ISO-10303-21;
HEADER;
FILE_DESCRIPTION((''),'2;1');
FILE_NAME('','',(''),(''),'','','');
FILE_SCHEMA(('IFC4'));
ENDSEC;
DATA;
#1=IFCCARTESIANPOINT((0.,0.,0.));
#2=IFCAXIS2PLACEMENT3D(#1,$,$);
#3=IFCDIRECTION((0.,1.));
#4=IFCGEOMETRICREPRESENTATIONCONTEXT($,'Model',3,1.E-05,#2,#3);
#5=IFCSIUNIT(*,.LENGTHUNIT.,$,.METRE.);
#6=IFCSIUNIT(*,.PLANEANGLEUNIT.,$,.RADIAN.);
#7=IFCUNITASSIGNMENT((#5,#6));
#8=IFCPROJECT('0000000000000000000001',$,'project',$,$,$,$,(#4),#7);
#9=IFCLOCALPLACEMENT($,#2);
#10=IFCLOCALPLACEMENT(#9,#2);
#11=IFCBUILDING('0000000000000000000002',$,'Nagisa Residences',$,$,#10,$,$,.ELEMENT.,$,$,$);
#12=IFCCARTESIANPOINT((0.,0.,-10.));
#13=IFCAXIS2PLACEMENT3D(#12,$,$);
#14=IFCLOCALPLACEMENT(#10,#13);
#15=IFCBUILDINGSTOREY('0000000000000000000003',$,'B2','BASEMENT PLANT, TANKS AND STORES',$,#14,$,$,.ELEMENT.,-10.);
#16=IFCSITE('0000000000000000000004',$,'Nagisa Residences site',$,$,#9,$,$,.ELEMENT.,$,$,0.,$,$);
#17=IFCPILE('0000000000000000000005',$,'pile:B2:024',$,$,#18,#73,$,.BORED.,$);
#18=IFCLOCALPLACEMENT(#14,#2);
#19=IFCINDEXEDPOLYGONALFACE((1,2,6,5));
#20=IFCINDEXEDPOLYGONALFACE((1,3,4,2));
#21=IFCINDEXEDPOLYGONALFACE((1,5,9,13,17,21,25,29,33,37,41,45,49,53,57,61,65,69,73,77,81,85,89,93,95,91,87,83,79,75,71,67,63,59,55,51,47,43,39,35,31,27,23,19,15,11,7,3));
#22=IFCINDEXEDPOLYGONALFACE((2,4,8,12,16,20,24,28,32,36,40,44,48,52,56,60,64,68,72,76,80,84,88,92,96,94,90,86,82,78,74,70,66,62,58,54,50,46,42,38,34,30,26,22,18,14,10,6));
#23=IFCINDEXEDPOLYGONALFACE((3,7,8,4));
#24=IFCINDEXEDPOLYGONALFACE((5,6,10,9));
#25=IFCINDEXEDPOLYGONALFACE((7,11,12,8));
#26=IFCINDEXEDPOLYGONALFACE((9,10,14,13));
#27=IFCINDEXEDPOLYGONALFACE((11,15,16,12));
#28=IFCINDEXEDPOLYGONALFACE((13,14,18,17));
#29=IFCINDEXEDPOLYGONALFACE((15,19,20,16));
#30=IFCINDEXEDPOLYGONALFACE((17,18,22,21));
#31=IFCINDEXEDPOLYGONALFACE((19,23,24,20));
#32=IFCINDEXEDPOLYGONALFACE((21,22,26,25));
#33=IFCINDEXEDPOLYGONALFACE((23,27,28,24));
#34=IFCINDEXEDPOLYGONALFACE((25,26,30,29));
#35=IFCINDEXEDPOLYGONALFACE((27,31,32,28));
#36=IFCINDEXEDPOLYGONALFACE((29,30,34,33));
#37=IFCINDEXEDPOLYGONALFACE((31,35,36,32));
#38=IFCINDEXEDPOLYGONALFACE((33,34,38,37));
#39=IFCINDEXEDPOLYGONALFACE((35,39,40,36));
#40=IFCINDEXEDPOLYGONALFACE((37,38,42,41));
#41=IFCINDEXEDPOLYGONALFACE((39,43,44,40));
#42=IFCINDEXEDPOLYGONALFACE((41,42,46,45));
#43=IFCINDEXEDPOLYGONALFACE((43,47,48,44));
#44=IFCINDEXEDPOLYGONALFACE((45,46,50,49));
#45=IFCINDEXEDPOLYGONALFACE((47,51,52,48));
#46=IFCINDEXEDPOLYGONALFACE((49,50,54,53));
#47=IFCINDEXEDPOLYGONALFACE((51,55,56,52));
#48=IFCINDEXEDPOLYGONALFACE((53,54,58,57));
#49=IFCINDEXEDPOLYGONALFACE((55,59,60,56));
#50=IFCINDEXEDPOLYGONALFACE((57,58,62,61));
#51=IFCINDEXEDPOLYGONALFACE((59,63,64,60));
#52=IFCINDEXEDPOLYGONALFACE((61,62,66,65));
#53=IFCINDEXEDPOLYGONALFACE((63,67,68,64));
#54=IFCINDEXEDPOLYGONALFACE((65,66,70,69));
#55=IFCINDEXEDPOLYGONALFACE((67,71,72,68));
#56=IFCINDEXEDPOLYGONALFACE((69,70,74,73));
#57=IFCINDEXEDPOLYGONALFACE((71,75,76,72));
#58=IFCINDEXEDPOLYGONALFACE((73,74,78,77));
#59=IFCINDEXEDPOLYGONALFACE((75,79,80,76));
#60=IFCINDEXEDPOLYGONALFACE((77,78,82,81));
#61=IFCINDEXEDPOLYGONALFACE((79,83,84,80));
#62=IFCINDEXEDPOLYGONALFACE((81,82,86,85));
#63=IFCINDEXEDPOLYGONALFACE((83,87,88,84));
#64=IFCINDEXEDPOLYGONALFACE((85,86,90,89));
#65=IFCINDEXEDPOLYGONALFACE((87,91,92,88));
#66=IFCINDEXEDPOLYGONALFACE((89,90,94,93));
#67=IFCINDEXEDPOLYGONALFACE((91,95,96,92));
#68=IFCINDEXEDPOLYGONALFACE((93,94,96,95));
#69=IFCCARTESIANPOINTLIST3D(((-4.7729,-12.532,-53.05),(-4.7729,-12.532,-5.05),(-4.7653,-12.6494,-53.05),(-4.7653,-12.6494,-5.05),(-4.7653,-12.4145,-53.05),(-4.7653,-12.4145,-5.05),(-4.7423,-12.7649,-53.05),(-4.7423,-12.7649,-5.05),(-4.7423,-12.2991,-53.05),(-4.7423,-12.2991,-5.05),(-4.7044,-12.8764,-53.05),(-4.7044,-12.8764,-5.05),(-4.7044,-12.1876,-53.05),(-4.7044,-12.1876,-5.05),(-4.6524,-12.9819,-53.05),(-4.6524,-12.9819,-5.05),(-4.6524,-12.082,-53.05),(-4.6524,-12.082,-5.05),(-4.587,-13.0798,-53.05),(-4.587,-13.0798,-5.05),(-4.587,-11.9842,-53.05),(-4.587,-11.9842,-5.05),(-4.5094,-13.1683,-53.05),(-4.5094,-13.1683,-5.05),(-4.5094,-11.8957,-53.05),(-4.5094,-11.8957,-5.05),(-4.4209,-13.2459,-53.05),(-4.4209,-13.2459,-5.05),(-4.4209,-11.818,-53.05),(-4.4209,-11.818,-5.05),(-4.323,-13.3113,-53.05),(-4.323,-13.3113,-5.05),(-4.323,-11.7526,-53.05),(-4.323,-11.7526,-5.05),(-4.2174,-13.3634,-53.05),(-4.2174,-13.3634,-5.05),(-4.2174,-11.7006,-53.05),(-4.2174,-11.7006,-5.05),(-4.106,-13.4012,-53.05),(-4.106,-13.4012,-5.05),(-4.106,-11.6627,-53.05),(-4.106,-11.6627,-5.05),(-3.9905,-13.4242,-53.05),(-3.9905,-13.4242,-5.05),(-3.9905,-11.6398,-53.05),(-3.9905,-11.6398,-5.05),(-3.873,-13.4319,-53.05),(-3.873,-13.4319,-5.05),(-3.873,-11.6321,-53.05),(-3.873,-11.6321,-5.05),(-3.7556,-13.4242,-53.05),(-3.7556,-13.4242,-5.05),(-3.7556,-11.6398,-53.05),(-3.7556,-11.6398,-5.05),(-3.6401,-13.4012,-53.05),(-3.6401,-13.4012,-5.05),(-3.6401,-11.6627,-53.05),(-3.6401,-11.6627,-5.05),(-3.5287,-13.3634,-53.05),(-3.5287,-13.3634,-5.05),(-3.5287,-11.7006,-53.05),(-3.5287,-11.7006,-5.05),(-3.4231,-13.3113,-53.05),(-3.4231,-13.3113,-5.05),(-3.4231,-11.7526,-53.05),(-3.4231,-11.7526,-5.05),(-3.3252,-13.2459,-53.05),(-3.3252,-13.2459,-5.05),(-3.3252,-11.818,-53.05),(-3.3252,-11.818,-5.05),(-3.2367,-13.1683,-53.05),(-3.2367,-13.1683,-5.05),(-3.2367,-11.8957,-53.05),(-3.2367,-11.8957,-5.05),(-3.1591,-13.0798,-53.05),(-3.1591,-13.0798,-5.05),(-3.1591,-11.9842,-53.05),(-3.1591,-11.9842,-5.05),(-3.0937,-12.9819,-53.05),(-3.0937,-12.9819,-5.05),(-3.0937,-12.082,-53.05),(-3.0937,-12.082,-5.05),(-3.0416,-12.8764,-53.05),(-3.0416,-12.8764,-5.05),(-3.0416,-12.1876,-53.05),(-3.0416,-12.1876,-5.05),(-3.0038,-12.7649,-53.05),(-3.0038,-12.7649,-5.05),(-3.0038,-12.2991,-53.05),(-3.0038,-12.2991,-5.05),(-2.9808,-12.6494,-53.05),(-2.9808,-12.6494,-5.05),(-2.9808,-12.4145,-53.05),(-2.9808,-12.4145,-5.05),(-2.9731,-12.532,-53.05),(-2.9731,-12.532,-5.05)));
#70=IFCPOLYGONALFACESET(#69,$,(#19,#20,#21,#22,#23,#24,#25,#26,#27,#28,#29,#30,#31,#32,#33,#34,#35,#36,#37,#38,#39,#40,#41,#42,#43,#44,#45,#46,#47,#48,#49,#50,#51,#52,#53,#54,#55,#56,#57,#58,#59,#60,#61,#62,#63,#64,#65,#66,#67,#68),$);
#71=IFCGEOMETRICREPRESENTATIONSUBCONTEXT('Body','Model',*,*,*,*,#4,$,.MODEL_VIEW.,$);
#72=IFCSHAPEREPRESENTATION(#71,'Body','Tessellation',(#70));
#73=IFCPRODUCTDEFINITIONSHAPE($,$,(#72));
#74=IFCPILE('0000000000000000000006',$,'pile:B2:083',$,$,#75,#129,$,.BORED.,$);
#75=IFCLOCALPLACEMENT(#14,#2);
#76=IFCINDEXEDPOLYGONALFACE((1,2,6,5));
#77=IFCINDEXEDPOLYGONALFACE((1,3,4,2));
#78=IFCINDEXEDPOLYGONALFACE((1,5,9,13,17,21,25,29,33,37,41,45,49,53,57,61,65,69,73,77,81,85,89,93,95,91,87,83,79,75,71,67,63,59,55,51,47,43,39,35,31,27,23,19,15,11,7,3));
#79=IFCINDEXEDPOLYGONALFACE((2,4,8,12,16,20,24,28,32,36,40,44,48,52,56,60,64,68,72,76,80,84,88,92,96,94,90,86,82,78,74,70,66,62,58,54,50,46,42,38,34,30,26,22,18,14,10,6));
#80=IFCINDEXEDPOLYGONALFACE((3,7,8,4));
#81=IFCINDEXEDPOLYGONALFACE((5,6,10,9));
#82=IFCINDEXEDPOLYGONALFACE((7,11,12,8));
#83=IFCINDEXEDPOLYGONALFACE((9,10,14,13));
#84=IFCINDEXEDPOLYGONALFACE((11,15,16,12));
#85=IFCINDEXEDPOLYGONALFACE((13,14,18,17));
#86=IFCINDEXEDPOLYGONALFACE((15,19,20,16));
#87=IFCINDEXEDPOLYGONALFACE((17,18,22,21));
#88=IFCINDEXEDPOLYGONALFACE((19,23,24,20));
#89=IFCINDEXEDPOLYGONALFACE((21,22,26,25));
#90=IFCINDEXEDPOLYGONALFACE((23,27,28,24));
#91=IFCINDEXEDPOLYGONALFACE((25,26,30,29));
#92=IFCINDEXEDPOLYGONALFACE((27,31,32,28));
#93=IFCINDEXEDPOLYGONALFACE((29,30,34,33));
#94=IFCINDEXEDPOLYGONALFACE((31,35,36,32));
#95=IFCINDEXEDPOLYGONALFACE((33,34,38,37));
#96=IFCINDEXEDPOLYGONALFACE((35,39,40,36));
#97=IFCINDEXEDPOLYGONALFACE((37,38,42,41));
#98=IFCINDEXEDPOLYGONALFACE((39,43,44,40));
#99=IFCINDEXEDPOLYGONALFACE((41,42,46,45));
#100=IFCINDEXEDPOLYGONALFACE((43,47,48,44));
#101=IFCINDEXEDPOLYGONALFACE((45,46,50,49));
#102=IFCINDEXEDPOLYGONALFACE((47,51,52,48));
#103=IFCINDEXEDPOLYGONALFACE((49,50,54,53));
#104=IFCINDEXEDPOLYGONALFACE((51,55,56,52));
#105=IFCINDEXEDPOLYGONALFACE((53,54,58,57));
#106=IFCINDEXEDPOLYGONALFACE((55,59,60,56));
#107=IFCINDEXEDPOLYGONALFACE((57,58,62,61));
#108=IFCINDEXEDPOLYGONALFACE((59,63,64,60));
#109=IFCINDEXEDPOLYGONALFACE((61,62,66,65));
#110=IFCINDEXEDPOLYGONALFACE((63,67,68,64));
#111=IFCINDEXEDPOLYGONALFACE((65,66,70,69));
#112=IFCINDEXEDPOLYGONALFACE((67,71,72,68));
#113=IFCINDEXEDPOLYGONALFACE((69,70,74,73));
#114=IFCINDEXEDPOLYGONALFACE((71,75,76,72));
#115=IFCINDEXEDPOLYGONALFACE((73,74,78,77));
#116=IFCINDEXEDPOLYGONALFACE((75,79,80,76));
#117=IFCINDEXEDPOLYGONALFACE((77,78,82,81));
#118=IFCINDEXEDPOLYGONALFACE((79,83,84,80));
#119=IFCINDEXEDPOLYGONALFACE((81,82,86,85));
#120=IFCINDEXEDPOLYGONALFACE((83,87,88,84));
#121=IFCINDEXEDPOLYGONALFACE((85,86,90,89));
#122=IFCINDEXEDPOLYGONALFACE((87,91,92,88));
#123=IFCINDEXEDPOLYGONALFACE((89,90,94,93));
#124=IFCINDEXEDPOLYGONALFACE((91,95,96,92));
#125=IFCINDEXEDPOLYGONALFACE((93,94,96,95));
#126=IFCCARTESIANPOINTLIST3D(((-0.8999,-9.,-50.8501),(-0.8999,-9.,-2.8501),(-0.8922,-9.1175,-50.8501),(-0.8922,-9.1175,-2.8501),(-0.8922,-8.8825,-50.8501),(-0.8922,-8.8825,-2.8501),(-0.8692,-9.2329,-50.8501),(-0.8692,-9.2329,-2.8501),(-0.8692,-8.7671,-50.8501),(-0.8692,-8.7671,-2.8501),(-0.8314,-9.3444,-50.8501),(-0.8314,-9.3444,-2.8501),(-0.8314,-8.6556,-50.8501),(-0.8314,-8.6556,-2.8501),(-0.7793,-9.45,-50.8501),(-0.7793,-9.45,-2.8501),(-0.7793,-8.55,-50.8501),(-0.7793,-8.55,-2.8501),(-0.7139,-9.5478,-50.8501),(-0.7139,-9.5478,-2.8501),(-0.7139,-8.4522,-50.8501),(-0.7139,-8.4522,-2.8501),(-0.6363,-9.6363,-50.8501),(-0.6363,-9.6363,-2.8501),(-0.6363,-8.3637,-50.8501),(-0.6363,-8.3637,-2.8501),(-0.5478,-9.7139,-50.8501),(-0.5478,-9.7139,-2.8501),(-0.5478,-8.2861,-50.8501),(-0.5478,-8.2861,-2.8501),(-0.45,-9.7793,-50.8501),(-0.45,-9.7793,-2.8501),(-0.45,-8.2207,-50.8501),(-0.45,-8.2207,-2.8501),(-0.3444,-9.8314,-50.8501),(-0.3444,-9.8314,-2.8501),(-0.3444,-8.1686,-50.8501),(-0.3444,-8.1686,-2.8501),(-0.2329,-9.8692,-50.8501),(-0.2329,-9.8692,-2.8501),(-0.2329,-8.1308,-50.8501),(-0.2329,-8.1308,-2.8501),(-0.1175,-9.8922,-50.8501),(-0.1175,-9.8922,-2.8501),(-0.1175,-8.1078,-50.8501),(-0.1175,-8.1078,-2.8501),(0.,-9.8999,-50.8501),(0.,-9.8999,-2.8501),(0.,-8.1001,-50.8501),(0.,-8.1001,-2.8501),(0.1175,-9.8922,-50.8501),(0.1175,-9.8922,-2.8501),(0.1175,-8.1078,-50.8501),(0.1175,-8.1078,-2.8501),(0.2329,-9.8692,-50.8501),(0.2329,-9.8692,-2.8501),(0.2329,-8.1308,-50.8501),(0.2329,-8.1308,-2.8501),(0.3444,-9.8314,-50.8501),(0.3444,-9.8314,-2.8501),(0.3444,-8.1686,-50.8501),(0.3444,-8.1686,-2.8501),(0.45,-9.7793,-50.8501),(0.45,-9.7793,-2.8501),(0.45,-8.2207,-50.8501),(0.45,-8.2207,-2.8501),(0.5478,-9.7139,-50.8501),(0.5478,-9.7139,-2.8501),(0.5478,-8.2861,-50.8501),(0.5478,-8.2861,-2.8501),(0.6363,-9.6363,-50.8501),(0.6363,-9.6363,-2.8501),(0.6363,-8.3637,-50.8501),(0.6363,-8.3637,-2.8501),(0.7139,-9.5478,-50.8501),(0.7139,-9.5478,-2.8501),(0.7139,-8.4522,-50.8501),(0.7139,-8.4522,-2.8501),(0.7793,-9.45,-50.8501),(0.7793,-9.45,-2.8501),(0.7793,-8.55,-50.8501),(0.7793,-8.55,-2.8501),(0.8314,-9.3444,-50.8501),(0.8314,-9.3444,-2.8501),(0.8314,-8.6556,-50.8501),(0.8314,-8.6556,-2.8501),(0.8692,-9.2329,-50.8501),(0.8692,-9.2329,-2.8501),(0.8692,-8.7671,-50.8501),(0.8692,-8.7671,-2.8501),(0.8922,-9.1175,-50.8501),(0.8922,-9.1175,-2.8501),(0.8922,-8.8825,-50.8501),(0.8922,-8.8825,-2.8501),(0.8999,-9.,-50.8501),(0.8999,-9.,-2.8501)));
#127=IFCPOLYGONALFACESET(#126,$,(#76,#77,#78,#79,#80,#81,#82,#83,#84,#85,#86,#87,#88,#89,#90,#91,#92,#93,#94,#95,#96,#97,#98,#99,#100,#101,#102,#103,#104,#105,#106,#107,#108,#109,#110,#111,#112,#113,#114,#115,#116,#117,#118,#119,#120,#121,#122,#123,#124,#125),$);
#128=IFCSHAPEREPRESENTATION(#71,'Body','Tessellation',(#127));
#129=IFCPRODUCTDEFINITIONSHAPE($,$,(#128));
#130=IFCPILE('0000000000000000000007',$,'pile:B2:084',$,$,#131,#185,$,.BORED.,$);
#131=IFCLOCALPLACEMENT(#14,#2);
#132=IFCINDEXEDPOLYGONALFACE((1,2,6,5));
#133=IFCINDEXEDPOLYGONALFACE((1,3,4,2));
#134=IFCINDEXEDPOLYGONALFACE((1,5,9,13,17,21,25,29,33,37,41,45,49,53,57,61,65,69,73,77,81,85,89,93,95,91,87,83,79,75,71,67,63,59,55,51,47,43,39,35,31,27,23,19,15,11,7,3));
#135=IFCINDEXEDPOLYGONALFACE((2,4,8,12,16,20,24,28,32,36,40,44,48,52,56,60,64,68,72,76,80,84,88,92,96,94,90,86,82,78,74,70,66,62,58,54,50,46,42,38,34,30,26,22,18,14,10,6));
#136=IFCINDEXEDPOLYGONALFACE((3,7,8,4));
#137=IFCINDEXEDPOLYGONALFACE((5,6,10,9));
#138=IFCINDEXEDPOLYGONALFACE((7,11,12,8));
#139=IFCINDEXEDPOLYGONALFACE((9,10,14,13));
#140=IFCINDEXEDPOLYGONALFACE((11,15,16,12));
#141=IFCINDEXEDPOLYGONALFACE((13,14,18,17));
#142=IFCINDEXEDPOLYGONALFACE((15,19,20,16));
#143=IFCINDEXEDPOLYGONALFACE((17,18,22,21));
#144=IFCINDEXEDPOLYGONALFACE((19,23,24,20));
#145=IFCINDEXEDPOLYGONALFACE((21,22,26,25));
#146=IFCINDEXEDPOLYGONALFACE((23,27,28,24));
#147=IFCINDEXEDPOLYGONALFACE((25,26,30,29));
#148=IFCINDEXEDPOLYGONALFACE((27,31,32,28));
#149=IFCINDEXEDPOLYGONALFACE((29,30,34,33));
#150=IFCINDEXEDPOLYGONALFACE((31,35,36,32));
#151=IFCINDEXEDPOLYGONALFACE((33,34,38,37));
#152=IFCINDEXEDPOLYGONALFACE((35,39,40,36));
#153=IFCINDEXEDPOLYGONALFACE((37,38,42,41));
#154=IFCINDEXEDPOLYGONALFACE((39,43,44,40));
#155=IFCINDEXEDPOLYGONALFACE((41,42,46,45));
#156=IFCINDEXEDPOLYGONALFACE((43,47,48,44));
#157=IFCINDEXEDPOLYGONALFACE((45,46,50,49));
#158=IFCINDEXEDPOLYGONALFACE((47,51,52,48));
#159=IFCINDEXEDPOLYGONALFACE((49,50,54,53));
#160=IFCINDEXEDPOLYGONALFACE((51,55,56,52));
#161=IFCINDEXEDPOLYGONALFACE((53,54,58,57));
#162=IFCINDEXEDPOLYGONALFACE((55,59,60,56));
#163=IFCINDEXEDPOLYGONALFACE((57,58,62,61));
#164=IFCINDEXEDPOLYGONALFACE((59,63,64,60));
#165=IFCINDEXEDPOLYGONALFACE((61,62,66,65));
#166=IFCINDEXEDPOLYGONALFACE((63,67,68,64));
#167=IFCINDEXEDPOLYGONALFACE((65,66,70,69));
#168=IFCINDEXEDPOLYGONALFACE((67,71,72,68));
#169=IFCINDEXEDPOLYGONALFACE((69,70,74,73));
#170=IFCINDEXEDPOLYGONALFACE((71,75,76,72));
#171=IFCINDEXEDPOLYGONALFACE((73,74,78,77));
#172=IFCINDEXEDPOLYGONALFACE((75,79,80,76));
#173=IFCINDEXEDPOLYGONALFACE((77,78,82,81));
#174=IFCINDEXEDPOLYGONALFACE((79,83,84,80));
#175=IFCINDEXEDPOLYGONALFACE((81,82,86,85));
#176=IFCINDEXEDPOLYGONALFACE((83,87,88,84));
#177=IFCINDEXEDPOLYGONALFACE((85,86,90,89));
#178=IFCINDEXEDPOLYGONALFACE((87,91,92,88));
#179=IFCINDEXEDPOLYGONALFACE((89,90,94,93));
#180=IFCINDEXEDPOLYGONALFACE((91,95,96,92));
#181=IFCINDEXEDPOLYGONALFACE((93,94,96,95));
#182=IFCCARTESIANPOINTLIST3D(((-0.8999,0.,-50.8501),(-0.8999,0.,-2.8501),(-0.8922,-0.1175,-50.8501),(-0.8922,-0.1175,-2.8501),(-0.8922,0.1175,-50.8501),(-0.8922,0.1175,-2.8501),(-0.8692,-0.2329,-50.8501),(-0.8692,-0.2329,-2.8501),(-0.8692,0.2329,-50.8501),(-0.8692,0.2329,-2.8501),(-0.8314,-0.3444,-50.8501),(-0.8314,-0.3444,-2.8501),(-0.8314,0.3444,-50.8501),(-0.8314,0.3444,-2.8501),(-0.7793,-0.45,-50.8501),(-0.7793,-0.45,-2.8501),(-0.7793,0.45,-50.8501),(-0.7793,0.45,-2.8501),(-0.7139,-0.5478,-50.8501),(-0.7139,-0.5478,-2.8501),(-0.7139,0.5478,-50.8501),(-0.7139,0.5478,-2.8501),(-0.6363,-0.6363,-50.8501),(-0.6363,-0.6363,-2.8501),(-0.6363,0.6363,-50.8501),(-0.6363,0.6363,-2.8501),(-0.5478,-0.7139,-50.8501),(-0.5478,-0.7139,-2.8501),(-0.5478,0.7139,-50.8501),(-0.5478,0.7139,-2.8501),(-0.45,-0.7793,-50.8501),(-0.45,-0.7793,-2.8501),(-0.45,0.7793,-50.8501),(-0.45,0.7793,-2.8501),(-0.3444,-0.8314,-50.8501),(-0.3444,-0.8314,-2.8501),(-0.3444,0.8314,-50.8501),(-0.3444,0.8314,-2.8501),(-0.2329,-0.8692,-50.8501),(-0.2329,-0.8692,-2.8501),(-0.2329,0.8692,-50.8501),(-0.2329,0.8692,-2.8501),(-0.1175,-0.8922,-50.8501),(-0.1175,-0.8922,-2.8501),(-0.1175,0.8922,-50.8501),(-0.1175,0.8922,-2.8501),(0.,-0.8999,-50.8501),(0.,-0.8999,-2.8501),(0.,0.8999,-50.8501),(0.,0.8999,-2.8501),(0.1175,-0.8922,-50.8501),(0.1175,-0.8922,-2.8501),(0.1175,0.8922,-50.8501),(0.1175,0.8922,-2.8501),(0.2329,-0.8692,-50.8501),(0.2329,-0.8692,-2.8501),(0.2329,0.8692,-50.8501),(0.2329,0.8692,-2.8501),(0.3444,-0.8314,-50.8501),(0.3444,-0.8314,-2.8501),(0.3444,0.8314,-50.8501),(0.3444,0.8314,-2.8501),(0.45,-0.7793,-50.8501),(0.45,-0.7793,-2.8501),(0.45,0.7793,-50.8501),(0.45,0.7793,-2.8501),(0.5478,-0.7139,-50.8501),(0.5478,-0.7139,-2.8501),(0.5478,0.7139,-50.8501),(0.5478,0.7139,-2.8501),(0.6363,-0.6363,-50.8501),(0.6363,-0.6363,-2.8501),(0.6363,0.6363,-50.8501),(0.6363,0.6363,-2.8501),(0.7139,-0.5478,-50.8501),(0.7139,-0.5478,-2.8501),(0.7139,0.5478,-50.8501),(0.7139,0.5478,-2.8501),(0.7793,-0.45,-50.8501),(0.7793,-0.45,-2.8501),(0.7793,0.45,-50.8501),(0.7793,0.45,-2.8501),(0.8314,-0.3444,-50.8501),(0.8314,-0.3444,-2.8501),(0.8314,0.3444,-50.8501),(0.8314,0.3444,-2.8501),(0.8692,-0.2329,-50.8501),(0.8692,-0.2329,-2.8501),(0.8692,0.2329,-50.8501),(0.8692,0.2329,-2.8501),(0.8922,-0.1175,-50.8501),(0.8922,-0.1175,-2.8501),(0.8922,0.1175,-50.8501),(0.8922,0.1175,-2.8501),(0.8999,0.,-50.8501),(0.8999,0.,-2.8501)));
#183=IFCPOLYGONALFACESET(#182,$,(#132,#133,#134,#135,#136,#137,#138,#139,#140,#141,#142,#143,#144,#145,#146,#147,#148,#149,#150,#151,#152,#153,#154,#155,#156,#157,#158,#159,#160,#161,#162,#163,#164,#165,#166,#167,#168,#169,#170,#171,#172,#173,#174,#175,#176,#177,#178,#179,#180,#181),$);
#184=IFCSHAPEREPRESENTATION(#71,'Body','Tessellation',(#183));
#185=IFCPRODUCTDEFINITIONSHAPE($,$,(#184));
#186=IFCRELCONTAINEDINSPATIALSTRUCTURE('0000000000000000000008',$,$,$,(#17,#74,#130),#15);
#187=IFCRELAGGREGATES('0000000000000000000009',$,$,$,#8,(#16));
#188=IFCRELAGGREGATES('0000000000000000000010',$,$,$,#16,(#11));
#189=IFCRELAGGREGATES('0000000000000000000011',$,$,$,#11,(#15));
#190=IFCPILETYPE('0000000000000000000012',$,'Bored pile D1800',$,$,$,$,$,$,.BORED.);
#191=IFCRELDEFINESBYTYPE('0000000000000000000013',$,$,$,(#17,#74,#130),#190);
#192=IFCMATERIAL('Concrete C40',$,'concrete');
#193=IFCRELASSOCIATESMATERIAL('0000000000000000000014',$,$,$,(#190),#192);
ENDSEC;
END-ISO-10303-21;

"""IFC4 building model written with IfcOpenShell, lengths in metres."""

from ifc_helpers import new_model, si_unit, direction, frame, origin, origin_2d, place, context, subcontext, project, spatial, circle, extrude, material, material_profile, profile_set, type_object, element, save


model = new_model("IFC4")

# Units and contexts
model_context = context("Model", 3, precision=1e-05, world=origin(), true_north=direction((0.0, 1.0)))
body_context = subcontext(model_context, "Body", "Model", "MODEL_VIEW")
ifc_project = project(units=[si_unit("LENGTHUNIT", "METRE"), si_unit("PLANEANGLEUNIT", "RADIAN")], contexts=[model_context])

# Site, building, storey
site_placement = place(None, origin())
site = spatial("IfcSite", under=ifc_project, at=site_placement, Name="Nagisa Residences site", CompositionType="ELEMENT", RefElevation=0.0)
building_placement = place(site_placement, origin())
building = spatial("IfcBuilding", under=site, at=building_placement, Name="Nagisa Residences", CompositionType="ELEMENT")
storey_placement = place(building_placement, frame((0.0, 0.0, -10.0)))
storey = spatial("IfcBuildingStorey", under=building, at=storey_placement, Name="B2", Description="BASEMENT PLANT, TANKS AND STORES", CompositionType="ELEMENT", Elevation=-10.0)

# Piles
ifc_material_1 = material(Name="Concrete C40", Category="concrete")
ifc_material_profile = material_profile(ifc_material_1, circle(Radius=0.8999, at=origin_2d()), Name="Bored pile D1800")
ifc_profile_set = profile_set([ifc_material_profile], Name="Concrete C40")
pile_type = type_object("IfcPileType", Name="Bored pile D1800", PredefinedType="BORED", material=ifc_profile_set)
for number, where, z_axis, x_axis, name in (
    (1, (-3.873, -12.532, -5.05), (0.0, 0.0, -1.0), (1.0, 0.0, 0.0), "pile:B2:024"),
    (2, (0.0, -9.0, -2.8501), (0.0, 0.0, -1.0), (1.0, 0.0, 0.0), "pile:B2:083"),
    (3, (0.0, 0.0, -2.8501), (0.0, 0.0, -1.0), (1.0, 0.0, 0.0), "pile:B2:084"),
):
    element("IfcPile", number, at=place(storey_placement, frame(where, z_axis=z_axis, x_axis=x_axis)), inside=storey, type_object=pile_type, Name=name, PredefinedType="BORED", context=body_context, shape_type="SweptSolid", body=[
        extrude(circle(Radius=0.8999, at=origin_2d()), origin(), (0.0, 0.0, 1.0), 48.0),
    ])

save(model, "model.ifc")
